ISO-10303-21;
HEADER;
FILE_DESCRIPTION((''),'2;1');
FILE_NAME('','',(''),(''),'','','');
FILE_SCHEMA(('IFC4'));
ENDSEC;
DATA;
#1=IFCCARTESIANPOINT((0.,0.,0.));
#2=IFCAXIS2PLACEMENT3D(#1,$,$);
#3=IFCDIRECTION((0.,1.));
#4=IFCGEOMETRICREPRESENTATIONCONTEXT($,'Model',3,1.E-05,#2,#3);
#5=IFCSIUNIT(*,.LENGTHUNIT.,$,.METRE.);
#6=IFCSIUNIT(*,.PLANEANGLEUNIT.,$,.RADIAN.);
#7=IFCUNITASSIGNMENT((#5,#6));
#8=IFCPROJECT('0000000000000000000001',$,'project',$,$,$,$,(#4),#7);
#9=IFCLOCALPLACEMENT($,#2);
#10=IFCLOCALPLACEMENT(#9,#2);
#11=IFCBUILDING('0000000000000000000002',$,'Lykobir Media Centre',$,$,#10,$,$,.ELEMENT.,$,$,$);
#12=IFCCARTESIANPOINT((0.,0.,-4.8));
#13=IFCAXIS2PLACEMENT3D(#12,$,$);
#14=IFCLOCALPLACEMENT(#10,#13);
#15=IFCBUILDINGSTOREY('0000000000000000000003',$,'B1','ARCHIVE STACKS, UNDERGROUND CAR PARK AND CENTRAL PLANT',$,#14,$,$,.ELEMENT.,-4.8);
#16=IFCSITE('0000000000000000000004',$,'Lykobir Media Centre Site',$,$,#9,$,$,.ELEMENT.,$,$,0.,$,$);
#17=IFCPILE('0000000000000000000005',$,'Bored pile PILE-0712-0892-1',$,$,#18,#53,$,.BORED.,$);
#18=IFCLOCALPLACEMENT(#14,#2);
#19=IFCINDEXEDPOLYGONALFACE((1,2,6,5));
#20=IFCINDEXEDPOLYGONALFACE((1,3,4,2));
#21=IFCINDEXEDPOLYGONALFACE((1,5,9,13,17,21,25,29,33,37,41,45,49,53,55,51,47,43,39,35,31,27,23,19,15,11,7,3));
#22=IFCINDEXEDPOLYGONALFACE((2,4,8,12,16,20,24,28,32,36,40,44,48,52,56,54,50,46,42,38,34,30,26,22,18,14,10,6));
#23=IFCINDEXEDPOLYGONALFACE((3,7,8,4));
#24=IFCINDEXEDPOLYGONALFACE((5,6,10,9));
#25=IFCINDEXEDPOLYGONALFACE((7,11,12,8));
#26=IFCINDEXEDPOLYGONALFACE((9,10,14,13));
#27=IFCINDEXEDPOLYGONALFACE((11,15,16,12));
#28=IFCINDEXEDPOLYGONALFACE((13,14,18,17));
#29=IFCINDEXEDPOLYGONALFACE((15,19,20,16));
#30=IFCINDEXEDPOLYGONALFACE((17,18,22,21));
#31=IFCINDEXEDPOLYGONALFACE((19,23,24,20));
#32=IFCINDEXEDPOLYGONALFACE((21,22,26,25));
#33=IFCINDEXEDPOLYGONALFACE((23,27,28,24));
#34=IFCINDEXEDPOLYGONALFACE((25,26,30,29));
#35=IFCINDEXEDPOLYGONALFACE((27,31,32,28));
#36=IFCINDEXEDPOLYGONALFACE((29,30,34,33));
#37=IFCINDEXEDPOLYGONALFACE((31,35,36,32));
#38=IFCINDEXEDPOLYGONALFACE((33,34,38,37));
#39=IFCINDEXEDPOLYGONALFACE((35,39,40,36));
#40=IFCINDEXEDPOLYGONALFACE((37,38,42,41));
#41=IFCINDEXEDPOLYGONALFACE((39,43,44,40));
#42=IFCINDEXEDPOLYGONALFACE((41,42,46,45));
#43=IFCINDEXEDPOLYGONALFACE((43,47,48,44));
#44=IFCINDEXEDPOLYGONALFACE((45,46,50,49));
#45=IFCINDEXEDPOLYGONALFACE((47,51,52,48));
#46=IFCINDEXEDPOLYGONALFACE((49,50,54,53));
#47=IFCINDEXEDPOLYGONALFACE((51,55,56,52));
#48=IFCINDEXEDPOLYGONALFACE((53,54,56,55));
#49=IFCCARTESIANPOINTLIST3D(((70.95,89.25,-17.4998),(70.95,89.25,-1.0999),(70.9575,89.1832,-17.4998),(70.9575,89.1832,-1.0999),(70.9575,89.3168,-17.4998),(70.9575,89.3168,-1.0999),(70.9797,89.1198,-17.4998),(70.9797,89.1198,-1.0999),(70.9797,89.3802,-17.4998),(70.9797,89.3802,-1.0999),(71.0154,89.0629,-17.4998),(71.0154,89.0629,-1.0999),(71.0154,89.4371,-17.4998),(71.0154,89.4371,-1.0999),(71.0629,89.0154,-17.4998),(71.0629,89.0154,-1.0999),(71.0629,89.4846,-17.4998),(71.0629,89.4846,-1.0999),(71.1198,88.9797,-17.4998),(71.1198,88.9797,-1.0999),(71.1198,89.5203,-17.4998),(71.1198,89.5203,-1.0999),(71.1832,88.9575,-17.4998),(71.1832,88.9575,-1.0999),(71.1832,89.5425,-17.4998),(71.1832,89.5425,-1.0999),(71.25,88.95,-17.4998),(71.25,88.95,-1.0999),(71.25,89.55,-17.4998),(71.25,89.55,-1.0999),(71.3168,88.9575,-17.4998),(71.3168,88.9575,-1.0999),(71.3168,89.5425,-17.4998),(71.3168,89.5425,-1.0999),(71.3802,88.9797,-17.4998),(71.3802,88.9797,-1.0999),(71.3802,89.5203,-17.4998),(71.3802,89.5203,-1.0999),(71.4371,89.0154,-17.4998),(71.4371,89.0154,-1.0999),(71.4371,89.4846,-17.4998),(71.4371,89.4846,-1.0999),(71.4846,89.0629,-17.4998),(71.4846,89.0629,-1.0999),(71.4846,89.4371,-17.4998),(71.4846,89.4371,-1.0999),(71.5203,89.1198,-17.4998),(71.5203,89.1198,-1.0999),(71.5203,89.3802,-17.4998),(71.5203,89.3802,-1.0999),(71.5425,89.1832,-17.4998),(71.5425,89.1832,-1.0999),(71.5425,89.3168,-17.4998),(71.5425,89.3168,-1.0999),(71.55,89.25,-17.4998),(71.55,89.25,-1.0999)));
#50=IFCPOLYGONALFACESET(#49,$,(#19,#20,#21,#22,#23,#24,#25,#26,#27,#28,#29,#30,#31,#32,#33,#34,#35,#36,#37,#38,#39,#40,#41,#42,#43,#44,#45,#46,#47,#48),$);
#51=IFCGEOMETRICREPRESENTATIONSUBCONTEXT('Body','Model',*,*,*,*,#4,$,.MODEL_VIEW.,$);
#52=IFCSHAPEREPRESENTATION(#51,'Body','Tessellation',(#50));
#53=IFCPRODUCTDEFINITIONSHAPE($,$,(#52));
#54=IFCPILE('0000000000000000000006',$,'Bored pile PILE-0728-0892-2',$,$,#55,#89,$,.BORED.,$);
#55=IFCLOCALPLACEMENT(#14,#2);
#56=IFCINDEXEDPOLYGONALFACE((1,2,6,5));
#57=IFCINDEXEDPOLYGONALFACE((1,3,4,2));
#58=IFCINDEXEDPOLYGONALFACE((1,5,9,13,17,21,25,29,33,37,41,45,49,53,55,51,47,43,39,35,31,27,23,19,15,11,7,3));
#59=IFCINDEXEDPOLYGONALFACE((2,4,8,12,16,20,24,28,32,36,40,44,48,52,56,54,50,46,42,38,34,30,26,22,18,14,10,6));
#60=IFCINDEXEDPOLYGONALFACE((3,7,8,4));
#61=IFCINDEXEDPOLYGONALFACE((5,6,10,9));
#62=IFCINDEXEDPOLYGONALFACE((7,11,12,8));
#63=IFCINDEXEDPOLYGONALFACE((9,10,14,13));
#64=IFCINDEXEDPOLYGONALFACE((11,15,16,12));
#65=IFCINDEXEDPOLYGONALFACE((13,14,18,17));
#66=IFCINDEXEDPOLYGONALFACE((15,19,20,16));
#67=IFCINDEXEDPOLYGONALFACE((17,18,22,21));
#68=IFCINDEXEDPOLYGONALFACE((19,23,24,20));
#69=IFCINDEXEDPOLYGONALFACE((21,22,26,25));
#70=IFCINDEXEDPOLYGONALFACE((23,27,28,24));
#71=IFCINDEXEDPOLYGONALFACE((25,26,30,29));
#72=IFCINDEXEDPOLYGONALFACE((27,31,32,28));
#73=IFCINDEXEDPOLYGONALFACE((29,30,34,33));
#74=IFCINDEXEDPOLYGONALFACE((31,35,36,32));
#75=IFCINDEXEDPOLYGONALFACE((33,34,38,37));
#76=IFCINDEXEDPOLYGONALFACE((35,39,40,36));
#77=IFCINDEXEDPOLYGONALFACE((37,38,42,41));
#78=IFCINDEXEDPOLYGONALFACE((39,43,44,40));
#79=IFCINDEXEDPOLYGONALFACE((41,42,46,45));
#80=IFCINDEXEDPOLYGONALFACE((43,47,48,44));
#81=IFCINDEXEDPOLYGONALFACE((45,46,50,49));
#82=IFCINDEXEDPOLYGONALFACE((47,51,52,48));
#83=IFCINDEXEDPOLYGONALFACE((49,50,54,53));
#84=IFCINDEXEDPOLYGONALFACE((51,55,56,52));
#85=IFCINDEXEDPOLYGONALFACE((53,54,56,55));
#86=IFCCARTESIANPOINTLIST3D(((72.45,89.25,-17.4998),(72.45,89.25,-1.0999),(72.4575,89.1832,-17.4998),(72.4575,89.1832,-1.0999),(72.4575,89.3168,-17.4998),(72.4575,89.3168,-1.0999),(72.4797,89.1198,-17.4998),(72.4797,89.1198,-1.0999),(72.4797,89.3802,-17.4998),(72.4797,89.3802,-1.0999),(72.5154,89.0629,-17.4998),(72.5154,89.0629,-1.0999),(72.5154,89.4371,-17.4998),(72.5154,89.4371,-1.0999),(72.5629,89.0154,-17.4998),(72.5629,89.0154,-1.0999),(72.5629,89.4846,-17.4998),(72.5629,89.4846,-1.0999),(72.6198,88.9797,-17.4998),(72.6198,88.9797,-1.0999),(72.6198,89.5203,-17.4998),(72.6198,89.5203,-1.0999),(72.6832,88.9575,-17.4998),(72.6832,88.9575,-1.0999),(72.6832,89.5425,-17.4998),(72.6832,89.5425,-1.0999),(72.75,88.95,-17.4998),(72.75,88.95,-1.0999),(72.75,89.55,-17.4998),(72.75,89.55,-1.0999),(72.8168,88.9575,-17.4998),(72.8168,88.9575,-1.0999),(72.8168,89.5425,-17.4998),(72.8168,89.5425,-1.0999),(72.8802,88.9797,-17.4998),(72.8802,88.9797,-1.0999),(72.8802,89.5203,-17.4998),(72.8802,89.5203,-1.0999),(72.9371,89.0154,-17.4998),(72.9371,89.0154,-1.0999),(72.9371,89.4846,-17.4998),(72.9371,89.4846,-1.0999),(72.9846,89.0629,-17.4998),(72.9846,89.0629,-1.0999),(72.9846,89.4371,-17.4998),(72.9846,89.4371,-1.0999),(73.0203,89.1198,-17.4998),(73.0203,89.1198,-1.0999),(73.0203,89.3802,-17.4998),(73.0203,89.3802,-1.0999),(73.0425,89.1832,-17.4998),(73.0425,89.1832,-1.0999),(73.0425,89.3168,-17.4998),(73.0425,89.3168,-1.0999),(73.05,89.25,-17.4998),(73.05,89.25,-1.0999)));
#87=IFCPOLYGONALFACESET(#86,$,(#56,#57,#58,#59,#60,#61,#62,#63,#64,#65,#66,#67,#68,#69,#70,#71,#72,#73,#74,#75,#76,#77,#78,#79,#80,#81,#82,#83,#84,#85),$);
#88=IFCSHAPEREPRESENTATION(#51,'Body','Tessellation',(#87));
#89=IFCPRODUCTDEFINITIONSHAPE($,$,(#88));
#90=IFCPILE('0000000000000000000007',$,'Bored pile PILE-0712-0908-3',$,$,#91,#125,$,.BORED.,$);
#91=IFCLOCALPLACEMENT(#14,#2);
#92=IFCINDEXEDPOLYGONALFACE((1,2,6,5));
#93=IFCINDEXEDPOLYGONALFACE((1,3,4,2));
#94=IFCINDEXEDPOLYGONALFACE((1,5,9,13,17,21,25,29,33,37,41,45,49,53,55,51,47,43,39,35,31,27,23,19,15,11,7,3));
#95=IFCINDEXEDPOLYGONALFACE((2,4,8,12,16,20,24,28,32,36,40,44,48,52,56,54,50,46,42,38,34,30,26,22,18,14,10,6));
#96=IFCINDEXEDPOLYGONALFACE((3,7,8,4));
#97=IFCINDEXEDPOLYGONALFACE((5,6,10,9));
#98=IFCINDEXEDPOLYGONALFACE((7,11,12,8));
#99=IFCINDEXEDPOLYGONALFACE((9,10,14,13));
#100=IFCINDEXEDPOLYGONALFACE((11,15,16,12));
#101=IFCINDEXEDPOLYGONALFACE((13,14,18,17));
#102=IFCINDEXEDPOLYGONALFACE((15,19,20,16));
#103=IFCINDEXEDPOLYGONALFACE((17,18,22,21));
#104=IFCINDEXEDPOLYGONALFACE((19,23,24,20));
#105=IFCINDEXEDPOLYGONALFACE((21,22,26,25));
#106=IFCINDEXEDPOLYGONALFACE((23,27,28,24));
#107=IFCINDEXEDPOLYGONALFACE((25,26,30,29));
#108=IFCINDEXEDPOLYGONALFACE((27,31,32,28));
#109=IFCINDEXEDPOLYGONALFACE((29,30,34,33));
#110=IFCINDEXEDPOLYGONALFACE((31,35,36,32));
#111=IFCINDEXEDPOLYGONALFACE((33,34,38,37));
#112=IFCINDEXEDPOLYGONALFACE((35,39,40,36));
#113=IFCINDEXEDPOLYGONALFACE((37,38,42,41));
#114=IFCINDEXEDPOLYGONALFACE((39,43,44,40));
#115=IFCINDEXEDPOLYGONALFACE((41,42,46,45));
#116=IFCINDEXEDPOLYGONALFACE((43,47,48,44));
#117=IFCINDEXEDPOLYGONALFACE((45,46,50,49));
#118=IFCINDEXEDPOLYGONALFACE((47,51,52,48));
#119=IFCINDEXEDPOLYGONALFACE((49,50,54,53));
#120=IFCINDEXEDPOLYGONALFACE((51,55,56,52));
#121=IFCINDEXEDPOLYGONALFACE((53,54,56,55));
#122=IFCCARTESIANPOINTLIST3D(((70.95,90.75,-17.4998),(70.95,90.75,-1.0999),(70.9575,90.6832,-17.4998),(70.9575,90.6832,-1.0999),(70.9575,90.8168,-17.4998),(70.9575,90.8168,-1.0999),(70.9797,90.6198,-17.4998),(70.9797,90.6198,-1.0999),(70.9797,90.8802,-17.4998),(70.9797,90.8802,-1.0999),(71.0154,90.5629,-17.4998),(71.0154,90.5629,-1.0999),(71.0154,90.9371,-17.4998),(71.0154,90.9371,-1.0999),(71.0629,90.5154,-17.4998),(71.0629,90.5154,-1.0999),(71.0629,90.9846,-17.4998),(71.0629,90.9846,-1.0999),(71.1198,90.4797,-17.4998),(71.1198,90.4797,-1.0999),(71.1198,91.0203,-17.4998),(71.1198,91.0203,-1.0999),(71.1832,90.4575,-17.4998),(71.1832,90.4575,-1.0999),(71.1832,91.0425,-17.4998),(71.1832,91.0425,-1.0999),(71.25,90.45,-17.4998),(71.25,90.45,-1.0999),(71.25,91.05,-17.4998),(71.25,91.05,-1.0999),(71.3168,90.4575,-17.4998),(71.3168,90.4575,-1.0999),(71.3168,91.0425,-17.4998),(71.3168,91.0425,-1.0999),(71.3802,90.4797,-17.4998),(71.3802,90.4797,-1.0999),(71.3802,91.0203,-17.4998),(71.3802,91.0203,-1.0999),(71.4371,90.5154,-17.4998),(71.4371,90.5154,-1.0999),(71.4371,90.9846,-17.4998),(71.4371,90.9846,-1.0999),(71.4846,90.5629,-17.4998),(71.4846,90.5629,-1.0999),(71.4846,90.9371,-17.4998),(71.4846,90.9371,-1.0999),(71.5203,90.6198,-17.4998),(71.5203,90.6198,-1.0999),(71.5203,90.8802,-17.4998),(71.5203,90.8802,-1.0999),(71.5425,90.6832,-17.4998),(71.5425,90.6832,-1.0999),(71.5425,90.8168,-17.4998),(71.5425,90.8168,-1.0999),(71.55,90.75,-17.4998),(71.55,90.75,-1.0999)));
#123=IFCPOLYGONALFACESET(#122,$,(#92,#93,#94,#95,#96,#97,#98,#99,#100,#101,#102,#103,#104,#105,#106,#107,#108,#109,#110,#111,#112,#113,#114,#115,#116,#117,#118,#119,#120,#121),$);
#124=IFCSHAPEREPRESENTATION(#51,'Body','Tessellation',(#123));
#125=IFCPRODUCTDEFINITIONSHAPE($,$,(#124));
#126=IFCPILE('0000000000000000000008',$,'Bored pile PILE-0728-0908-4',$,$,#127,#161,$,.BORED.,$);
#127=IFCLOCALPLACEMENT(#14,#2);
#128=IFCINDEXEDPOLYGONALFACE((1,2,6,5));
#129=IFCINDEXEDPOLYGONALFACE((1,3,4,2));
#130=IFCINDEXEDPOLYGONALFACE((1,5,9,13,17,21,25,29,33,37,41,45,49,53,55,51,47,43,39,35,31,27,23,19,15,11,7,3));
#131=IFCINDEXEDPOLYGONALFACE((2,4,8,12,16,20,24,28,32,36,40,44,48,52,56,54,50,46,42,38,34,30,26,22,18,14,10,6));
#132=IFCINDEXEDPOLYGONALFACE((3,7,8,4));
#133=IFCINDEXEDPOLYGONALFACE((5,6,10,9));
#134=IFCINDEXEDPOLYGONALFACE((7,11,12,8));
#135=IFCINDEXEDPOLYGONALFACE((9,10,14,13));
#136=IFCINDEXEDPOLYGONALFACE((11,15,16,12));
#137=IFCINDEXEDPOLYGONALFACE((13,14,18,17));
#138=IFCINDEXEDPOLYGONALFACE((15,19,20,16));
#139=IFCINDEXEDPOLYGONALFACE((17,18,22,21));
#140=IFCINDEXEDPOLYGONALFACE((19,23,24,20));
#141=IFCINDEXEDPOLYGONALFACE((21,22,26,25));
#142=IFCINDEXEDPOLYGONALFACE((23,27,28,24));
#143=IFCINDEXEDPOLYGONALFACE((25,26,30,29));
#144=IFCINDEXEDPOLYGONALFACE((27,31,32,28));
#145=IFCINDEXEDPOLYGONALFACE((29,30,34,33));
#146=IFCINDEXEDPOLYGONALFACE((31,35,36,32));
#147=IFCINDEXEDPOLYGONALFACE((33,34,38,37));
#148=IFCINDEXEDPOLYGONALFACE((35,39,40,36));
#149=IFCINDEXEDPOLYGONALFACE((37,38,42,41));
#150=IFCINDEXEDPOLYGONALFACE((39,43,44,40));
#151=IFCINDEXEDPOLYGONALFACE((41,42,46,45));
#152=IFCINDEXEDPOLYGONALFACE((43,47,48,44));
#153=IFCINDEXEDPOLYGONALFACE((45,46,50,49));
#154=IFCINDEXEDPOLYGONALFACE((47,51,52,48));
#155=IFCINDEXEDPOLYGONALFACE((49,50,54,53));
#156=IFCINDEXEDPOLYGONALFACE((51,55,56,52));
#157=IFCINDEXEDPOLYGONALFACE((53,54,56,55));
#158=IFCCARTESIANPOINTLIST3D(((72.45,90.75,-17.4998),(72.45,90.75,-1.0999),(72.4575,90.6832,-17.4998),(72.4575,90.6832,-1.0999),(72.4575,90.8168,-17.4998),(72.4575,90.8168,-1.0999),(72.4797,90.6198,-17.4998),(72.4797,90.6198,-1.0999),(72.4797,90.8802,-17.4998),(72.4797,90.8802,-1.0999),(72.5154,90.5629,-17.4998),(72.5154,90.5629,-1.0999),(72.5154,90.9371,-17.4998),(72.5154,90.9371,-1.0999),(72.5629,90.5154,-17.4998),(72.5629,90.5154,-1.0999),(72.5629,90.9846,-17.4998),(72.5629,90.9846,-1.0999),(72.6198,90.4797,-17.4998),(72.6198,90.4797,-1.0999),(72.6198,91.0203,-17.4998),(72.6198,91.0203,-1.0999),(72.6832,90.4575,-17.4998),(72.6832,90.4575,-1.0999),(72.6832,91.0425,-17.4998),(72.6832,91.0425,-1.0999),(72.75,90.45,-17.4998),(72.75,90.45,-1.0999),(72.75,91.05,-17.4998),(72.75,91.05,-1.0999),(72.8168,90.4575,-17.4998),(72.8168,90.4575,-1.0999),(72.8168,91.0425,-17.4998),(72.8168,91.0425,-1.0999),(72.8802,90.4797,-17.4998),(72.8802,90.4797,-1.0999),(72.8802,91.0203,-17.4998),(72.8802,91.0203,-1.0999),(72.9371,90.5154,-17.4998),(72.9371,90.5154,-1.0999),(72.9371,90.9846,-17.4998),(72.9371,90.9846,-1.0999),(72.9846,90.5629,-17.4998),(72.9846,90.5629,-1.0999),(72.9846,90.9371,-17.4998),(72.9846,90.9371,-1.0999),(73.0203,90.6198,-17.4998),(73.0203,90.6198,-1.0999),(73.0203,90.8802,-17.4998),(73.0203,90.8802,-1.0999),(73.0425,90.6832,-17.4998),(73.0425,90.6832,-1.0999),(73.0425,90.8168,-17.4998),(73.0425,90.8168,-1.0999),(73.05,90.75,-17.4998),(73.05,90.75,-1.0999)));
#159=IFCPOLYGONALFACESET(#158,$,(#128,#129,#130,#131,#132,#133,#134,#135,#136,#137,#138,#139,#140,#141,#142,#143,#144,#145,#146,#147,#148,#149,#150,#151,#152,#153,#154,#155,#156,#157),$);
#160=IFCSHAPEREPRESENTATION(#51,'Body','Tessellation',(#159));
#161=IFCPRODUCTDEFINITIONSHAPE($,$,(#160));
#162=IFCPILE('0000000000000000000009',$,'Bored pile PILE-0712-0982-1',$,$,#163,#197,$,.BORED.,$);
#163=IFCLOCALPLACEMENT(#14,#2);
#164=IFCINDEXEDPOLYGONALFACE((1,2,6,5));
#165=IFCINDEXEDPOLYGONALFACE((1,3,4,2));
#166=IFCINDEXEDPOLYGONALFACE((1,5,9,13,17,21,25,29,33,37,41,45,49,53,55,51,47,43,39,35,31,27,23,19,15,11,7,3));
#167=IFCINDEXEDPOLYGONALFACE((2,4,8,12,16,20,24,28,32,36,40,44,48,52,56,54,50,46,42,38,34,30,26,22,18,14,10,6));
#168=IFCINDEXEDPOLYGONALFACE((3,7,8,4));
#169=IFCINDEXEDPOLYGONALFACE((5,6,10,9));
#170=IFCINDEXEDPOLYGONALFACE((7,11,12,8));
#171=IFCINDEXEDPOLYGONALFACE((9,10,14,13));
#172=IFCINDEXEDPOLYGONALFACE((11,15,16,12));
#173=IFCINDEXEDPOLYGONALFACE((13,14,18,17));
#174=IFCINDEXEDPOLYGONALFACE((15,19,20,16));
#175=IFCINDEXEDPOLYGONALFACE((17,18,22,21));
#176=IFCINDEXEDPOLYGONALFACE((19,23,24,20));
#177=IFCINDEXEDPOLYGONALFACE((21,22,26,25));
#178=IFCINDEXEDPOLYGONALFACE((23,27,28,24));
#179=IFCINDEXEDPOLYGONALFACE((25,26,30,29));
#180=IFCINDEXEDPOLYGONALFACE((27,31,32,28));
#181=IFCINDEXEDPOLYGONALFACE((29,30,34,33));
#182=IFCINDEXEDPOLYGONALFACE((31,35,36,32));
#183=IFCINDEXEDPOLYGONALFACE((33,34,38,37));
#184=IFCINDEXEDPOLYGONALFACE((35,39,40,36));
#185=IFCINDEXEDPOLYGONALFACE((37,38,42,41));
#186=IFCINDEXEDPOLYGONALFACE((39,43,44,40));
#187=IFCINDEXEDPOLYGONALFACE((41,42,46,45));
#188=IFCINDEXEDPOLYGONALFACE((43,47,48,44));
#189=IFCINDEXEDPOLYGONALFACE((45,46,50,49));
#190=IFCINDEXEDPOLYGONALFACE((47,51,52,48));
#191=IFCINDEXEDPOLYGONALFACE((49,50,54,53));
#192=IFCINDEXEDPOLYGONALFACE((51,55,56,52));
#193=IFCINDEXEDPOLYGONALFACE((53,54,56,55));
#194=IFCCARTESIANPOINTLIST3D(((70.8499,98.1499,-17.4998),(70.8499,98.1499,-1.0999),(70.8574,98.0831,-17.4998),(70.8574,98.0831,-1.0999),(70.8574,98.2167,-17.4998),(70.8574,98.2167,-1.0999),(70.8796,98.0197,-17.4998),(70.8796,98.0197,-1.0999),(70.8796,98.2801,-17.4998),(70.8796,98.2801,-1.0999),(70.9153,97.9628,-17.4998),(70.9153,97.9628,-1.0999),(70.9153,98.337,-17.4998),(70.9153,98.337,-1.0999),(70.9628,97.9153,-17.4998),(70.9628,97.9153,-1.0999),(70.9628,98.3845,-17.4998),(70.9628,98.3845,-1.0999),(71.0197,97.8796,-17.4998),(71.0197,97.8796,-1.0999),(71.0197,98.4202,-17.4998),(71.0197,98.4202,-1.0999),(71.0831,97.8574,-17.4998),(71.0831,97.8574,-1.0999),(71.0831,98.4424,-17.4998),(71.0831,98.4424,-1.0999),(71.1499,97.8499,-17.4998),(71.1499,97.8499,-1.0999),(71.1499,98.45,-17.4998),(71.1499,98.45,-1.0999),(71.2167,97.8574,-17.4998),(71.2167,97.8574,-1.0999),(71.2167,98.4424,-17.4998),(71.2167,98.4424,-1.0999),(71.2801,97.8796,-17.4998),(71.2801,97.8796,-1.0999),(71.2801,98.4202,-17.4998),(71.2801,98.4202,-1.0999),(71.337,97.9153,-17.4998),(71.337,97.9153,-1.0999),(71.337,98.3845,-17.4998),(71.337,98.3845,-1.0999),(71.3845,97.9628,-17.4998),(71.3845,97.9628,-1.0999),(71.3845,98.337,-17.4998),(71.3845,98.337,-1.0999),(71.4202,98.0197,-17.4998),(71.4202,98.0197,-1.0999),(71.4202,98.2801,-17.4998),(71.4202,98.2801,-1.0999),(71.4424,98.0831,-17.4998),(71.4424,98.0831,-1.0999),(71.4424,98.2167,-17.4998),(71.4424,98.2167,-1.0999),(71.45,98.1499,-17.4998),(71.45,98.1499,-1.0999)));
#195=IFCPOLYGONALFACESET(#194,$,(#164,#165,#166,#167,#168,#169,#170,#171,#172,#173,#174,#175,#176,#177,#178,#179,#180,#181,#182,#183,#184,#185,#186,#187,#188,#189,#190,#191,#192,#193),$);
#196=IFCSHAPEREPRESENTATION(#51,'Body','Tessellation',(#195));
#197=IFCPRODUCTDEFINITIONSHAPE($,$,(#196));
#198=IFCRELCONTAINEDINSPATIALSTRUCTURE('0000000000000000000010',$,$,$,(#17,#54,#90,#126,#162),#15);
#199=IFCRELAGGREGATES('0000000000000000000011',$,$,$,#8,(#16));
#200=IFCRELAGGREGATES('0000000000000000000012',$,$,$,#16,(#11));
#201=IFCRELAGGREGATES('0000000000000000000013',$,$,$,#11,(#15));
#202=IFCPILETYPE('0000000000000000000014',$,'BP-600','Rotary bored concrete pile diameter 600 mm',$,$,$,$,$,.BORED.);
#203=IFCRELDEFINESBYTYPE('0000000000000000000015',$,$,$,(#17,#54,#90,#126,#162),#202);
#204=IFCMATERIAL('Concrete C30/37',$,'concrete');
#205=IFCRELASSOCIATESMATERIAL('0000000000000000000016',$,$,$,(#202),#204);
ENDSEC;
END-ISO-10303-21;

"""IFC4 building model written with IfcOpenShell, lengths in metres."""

from ifc_helpers import new_model, si_unit, direction, frame, origin, origin_2d, place, context, subcontext, project, spatial, circle, extrude, material, material_profile, profile_set, type_object, element, save


model = new_model("IFC4")

# Units and contexts
model_context = context("Model", 3, precision=1e-05, world=origin(), true_north=direction((0.0, 1.0)))
body_context = subcontext(model_context, "Body", "Model", "MODEL_VIEW")
ifc_project = project(units=[si_unit("LENGTHUNIT", "METRE"), si_unit("PLANEANGLEUNIT", "RADIAN")], contexts=[model_context])

# Site, building, storey
site_placement = place(None, origin())
site = spatial("IfcSite", under=ifc_project, at=site_placement, Name="Lykobir Media Centre Site", CompositionType="ELEMENT", RefElevation=0.0)
building_placement = place(site_placement, origin())
building = spatial("IfcBuilding", under=site, at=building_placement, Name="Lykobir Media Centre", CompositionType="ELEMENT")
storey_placement = place(building_placement, frame((0.0, 0.0, -4.8)))
storey = spatial("IfcBuildingStorey", under=building, at=storey_placement, Name="B1", Description="ARCHIVE STACKS, UNDERGROUND CAR PARK AND CENTRAL PLANT", CompositionType="ELEMENT", Elevation=-4.8)

# Piles
ifc_material_1 = material(Name="Concrete C30/37", Category="concrete")
ifc_material_profile_1 = material_profile(ifc_material_1, circle(Radius=0.3, at=origin_2d()), Name="BORED PILE D600")
ifc_profile_set_1 = profile_set([ifc_material_profile_1], Name="Concrete C30/37")
pile_type = type_object("IfcPileType", Name="BP-600", Description="Rotary bored concrete pile diameter 600 mm", PredefinedType="BORED", material=ifc_profile_set_1)
for number, where, z_axis, x_axis, name in (
    (1, (71.25, 89.25, -1.0999), (0.0, 0.0, -1.0), (1.0, 0.0, 0.0), "Bored pile PILE-0712-0892-1"),
    (2, (72.75, 89.25, -1.0999), (0.0, 0.0, -1.0), (1.0, 0.0, 0.0), "Bored pile PILE-0728-0892-2"),
    (3, (71.25, 90.75, -1.0999), (0.0, 0.0, -1.0), (1.0, 0.0, 0.0), "Bored pile PILE-0712-0908-3"),
    (4, (72.75, 90.75, -1.0999), (0.0, 0.0, -1.0), (1.0, 0.0, 0.0), "Bored pile PILE-0728-0908-4"),
    (5, (71.1499, 98.1499, -1.0999), (0.0, 0.0, -1.0), (1.0, 0.0, 0.0), "Bored pile PILE-0712-0982-1"),
):
    element("IfcPile", number, at=place(storey_placement, frame(where, z_axis=z_axis, x_axis=x_axis)), inside=storey, type_object=pile_type, Name=name, PredefinedType="BORED", context=body_context, shape_type="SweptSolid", body=[
        extrude(circle(Radius=0.3, at=origin_2d()), origin(), (0.0, 0.0, 1.0), 16.3999),
    ])

save(model, "model.ifc")
